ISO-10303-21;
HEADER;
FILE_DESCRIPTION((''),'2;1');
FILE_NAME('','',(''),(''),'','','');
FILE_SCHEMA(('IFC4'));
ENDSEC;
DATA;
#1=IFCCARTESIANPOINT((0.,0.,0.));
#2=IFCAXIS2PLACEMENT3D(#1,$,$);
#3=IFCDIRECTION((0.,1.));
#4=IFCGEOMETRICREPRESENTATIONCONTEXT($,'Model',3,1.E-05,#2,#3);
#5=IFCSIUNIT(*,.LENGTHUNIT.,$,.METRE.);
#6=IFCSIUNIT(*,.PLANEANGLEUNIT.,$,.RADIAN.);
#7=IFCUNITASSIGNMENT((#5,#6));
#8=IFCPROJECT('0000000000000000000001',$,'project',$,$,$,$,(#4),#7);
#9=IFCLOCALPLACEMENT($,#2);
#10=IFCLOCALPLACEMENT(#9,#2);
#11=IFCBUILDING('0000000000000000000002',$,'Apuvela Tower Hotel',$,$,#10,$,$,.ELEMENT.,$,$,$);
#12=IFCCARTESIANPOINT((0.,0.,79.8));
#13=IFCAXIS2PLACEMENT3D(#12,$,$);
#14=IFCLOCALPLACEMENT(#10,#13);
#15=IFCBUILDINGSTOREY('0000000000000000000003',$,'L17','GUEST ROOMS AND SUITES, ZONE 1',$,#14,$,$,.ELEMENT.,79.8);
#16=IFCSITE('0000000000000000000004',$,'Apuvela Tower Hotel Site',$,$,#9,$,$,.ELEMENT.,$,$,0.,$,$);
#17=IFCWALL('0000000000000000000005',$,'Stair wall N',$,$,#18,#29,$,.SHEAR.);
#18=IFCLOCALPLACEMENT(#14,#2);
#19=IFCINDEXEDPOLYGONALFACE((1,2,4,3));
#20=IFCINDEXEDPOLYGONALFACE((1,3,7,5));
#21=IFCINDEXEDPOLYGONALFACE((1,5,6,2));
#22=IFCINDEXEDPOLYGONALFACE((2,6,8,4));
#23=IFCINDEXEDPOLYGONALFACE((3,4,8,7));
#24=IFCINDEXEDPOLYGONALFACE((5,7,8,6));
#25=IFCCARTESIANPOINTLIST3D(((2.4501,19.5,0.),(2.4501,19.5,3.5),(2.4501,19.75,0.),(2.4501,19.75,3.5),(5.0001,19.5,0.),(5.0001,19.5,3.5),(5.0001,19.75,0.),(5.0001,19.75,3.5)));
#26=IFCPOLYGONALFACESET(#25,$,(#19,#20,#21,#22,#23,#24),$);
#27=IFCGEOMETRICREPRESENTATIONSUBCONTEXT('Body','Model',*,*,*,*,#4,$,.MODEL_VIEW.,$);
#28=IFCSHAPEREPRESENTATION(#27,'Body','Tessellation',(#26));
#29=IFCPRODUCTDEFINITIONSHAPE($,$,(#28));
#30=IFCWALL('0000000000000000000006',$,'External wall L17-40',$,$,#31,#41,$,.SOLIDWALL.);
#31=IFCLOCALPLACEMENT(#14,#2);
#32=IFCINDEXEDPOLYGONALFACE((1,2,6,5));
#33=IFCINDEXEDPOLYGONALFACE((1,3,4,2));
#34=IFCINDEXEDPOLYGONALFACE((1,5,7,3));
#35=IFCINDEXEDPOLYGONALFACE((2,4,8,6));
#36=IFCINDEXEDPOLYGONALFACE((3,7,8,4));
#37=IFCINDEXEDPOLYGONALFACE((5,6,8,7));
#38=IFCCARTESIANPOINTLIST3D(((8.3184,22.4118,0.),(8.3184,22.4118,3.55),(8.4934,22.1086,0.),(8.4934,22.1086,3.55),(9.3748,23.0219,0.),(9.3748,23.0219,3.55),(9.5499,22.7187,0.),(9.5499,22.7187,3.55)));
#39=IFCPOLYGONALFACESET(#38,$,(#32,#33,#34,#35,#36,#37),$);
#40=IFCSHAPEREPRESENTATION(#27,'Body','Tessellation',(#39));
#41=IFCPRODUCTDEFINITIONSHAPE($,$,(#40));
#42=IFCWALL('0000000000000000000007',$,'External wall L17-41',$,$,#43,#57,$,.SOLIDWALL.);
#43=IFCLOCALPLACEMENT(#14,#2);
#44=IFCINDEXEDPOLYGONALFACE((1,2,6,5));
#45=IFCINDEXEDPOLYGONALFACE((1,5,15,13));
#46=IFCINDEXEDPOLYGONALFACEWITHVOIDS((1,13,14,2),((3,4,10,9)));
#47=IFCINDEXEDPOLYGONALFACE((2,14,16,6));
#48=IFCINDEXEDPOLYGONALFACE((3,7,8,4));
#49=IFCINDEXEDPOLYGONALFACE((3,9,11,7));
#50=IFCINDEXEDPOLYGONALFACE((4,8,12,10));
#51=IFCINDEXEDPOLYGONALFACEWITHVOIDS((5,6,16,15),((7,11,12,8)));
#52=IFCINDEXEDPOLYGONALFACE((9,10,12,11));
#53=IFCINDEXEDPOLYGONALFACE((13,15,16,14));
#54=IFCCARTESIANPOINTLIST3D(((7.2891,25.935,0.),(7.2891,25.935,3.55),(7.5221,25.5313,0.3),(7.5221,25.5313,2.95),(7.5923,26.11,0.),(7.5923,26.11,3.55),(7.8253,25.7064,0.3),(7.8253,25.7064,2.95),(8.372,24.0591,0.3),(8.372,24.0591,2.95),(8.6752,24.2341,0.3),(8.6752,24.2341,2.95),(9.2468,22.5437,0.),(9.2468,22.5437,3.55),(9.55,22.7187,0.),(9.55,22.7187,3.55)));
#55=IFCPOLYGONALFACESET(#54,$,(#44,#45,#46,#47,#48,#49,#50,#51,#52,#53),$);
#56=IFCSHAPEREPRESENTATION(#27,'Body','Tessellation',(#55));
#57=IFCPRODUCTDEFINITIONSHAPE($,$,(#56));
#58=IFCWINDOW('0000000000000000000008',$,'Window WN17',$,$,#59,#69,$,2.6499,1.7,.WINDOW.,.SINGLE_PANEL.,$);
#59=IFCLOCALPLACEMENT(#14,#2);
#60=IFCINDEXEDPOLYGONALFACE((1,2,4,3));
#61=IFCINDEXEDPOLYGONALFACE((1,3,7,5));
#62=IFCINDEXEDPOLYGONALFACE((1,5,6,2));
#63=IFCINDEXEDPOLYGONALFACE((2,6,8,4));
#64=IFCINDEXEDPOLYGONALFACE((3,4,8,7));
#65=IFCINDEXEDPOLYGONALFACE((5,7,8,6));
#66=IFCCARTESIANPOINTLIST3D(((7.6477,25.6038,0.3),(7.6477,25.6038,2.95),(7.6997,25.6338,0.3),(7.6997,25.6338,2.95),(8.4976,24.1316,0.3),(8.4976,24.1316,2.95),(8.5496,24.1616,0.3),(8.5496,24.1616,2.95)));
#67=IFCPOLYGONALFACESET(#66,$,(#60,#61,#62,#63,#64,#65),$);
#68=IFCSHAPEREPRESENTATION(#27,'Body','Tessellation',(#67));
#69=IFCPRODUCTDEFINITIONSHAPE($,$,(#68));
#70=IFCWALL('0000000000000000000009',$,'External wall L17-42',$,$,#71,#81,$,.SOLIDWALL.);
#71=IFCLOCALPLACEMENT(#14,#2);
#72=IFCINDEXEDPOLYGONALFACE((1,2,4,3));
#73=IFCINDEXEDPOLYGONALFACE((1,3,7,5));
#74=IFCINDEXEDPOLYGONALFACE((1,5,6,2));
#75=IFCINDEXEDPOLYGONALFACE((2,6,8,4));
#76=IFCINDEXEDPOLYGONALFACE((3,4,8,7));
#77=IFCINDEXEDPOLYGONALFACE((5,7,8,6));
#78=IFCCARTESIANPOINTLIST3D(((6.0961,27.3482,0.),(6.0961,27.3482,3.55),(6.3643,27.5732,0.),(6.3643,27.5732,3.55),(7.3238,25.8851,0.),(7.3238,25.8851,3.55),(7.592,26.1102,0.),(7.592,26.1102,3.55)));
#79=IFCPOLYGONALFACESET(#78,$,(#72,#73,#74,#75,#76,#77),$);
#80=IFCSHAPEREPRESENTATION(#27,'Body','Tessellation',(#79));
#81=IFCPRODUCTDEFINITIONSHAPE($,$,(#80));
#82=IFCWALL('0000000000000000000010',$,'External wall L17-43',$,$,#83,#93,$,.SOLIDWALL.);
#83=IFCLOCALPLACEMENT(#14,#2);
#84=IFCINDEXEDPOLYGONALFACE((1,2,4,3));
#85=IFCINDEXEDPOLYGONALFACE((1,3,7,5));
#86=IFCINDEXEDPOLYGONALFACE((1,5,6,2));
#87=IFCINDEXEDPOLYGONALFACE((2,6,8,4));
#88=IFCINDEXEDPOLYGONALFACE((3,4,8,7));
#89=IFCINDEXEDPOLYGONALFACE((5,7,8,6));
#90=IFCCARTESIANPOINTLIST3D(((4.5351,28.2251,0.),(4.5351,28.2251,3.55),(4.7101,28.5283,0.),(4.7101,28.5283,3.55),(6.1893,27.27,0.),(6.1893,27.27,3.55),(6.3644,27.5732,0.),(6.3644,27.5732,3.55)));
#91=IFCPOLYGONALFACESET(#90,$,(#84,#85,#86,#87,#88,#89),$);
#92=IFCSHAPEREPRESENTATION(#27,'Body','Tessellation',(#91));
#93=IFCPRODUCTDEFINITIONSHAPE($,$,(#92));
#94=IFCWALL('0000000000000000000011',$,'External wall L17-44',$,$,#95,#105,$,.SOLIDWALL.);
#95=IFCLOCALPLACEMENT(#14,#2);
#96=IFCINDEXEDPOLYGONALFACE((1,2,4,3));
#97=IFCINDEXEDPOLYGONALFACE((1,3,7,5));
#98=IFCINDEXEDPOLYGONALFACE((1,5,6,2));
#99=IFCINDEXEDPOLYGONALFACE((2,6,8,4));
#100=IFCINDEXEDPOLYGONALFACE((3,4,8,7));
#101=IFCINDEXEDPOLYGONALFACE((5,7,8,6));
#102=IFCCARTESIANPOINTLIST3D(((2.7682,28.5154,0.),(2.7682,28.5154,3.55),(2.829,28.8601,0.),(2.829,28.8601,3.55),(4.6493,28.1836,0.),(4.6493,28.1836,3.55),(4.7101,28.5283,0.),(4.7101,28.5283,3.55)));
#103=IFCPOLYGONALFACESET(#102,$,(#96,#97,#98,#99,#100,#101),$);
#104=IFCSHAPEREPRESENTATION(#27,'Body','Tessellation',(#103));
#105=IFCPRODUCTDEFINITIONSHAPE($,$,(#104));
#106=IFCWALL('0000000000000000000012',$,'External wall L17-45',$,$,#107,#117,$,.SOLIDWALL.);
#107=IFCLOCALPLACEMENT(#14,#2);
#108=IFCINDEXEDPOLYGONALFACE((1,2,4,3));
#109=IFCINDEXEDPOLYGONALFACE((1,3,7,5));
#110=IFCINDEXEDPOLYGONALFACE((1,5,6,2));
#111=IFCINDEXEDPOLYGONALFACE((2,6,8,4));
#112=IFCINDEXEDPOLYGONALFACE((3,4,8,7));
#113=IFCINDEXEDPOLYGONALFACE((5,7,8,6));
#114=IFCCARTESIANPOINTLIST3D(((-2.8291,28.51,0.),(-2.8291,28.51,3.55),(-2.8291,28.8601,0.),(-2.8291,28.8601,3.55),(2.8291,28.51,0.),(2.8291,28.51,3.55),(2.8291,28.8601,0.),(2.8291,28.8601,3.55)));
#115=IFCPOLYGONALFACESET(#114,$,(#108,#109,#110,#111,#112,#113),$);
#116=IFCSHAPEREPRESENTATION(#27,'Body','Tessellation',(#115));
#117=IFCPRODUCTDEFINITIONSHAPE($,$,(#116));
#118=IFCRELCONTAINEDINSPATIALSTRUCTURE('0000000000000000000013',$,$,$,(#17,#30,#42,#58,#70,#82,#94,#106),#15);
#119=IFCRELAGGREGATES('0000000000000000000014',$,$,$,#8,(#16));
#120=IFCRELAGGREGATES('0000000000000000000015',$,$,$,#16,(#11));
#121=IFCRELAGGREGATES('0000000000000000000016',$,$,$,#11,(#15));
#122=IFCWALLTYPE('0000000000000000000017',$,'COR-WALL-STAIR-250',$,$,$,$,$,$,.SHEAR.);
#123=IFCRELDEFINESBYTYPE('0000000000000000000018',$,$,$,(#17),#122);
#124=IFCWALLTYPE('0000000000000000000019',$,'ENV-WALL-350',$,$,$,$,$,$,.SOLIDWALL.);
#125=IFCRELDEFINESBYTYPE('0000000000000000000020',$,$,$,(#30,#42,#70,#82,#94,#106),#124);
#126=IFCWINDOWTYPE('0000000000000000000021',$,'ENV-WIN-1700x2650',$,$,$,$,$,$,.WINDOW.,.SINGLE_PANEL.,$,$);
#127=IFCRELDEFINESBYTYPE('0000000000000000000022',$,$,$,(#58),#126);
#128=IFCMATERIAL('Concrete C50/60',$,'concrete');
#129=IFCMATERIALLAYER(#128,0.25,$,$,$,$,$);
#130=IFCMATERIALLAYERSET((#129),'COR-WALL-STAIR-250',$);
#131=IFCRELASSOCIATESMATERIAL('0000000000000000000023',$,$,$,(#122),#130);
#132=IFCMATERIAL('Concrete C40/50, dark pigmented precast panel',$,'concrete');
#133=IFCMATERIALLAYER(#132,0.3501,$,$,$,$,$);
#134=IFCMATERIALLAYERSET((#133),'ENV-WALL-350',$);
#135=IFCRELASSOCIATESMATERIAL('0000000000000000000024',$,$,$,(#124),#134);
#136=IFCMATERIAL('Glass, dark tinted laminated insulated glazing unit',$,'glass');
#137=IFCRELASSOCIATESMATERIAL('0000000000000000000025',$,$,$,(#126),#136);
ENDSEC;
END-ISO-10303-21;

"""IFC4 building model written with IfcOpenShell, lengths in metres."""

from ifc_helpers import new_model, si_unit, direction, frame, frame_2d, origin, place, context, subcontext, project, spatial, rectangle, extrude, material, layer, layer_set, type_object, element, fill, save


model = new_model("IFC4")

# Units and contexts
model_context = context("Model", 3, precision=1e-05, world=origin(), true_north=direction((0.0, 1.0)))
body_context = subcontext(model_context, "Body", "Model", "MODEL_VIEW")
ifc_project = project(units=[si_unit("LENGTHUNIT", "METRE"), si_unit("PLANEANGLEUNIT", "RADIAN")], contexts=[model_context])

# Site, building, storey
site_placement = place(None, origin())
site = spatial("IfcSite", under=ifc_project, at=site_placement, Name="Apuvela Tower Hotel Site", CompositionType="ELEMENT", RefElevation=0.0)
building_placement = place(site_placement, origin())
building = spatial("IfcBuilding", under=site, at=building_placement, Name="Apuvela Tower Hotel", CompositionType="ELEMENT")
storey_placement = place(building_placement, frame((0.0, 0.0, 79.8)))
storey = spatial("IfcBuildingStorey", under=building, at=storey_placement, Name="L17", Description="GUEST ROOMS AND SUITES, ZONE 1", CompositionType="ELEMENT", Elevation=79.8)

# Walls
ifc_material_1 = material(Name="Concrete C50/60", Category="concrete")
ifc_layer_1 = layer(ifc_material_1, 0.25)
ifc_layer_set_1 = layer_set([ifc_layer_1], Name="COR-WALL-STAIR-250")
wall_type_1 = type_object("IfcWallType", Name="COR-WALL-STAIR-250", PredefinedType="SHEAR", material=ifc_layer_set_1)
wall_1_placement = place(storey_placement, frame((5.0, 19.625, 0.0), z_axis=(0.0, 0.0, 1.0), x_axis=(-1.0, 0.0, 0.0)))
element("IfcWall", 1, at=wall_1_placement, inside=storey, type_object=wall_type_1, Name="Stair wall N", PredefinedType="SHEAR", context=body_context, shape_type="SweptSolid", body=[
    extrude(rectangle(XDim=2.55, YDim=0.25, at=frame_2d((1.2749, 0.0))), origin(), (0.0, 0.0, 1.0), 3.5),
])
ifc_material_2 = material(Name="Concrete C40/50, dark pigmented precast panel", Category="concrete")
ifc_layer_2 = layer(ifc_material_2, 0.3501)
ifc_layer_set_2 = layer_set([ifc_layer_2], Name="ENV-WALL-350")
wall_type_2 = type_object("IfcWallType", Name="ENV-WALL-350", PredefinedType="SOLIDWALL", material=ifc_layer_set_2)
wall_2_placement = place(storey_placement, frame((8.406, 22.2603, 0.0), z_axis=(0.0, 0.0, 1.0), x_axis=(0.865956, 0.500121, 0.0)))
element("IfcWall", 2, at=wall_2_placement, inside=storey, type_object=wall_type_2, Name="External wall L17-40", PredefinedType="SOLIDWALL", context=body_context, shape_type="SweptSolid", body=[
    extrude(rectangle(XDim=1.22, YDim=0.3501, at=frame_2d((0.6099, 0.0))), origin(), (0.0, 0.0, 1.0), 3.55),
])

# Wall, opening, window
wall_3_placement = place(storey_placement, frame((9.3984, 22.6311, 0.0), z_axis=(0.0, 0.0, 1.0), x_axis=(-0.499955, 0.866052, 0.0)))
wall_3 = element("IfcWall", 3, at=wall_3_placement, inside=storey, type_object=wall_type_2, Name="External wall L17-41", PredefinedType="SOLIDWALL", context=body_context, shape_type="SweptSolid", body=[
    extrude(rectangle(XDim=3.9158, YDim=0.3501, at=frame_2d((1.958, 0.0))), origin(), (0.0, 0.0, 1.0), 3.55),
])
opening_placement = place(wall_3_placement, frame((1.7498, 0.0, 0.3)))
opening = element("IfcOpeningElement", 4, at=opening_placement, cuts=wall_3, PredefinedType="OPENING", context=body_context, shape_type="SweptSolid", body=[
    extrude(rectangle(XDim=1.7, YDim=2.6499, at=frame_2d((0.8501, 1.325))), frame((0.0, 0.1851, 0.0), z_axis=(0.0, -1.0, 0.0), x_axis=(1.0, 0.0, 0.0)), (0.0, 0.0, 1.0), 0.3701),
])
ifc_material_3 = material(Name="Glass, dark tinted laminated insulated glazing unit", Category="glass")
window_type = type_object("IfcWindowType", Name="ENV-WIN-1700x2650", PartitioningType="SINGLE_PANEL", PredefinedType="WINDOW", material=ifc_material_3)
window_placement = place(opening_placement, origin())
window = element("IfcWindow", 5, at=window_placement, inside=storey, type_object=window_type, Name="Window WN17", OverallHeight=2.6499, OverallWidth=1.7, PartitioningType="SINGLE_PANEL", PredefinedType="WINDOW", context=body_context, shape_type="SweptSolid", body=[
    extrude(rectangle(XDim=1.7, YDim=2.6499, at=frame_2d((0.8501, 1.325))), frame((0.0, 0.03, 0.0), z_axis=(0.0, -1.0, 0.0), x_axis=(1.0, 0.0, 0.0)), (0.0, 0.0, 1.0), 0.0601),
])
fill(opening, window)

# Walls
wall_4_placement = place(storey_placement, frame((7.458, 25.9976, 0.0), z_axis=(0.0, 0.0, 1.0), x_axis=(-0.642808, 0.766027, 0.0)))
element("IfcWall", 6, at=wall_4_placement, inside=storey, type_object=wall_type_2, Name="External wall L17-42", PredefinedType="SOLIDWALL", context=body_context, shape_type="SweptSolid", body=[
    extrude(rectangle(XDim=1.9099, YDim=0.3501, at=frame_2d((0.9551, 0.0))), origin(), (0.0, 0.0, 1.0), 3.55),
])
for number, where, z_axis, x_axis, name in (
    (7, (6.2769, 27.4216, 0.0), (0.0, 0.0, 1.0), (-0.866032, 0.499988, 0.0), "External wall L17-43"),
    (8, (4.6797, 28.356, 0.0), (0.0, 0.0, 1.0), (-0.984799, 0.173698, 0.0), "External wall L17-44"),
):
    element("IfcWall", number, at=place(storey_placement, frame(where, z_axis=z_axis, x_axis=x_axis)), inside=storey, type_object=wall_type_2, Name=name, PredefinedType="SOLIDWALL", context=body_context, shape_type="SweptSolid", body=[
        extrude(rectangle(XDim=1.9102, YDim=0.3501, at=frame_2d((0.9551, 0.0))), origin(), (0.0, 0.0, 1.0), 3.55),
    ])
wall_5_placement = place(storey_placement, frame((2.8291, 28.6851, 0.0), z_axis=(0.0, 0.0, 1.0), x_axis=(-1.0, 0.0, 0.0)))
element("IfcWall", 9, at=wall_5_placement, inside=storey, type_object=wall_type_2, Name="External wall L17-45", PredefinedType="SOLIDWALL", context=body_context, shape_type="SweptSolid", body=[
    extrude(rectangle(XDim=5.6582, YDim=0.3501, at=frame_2d((2.8291, 0.0))), origin(), (0.0, 0.0, 1.0), 3.55),
])

save(model, "model.ifc")
